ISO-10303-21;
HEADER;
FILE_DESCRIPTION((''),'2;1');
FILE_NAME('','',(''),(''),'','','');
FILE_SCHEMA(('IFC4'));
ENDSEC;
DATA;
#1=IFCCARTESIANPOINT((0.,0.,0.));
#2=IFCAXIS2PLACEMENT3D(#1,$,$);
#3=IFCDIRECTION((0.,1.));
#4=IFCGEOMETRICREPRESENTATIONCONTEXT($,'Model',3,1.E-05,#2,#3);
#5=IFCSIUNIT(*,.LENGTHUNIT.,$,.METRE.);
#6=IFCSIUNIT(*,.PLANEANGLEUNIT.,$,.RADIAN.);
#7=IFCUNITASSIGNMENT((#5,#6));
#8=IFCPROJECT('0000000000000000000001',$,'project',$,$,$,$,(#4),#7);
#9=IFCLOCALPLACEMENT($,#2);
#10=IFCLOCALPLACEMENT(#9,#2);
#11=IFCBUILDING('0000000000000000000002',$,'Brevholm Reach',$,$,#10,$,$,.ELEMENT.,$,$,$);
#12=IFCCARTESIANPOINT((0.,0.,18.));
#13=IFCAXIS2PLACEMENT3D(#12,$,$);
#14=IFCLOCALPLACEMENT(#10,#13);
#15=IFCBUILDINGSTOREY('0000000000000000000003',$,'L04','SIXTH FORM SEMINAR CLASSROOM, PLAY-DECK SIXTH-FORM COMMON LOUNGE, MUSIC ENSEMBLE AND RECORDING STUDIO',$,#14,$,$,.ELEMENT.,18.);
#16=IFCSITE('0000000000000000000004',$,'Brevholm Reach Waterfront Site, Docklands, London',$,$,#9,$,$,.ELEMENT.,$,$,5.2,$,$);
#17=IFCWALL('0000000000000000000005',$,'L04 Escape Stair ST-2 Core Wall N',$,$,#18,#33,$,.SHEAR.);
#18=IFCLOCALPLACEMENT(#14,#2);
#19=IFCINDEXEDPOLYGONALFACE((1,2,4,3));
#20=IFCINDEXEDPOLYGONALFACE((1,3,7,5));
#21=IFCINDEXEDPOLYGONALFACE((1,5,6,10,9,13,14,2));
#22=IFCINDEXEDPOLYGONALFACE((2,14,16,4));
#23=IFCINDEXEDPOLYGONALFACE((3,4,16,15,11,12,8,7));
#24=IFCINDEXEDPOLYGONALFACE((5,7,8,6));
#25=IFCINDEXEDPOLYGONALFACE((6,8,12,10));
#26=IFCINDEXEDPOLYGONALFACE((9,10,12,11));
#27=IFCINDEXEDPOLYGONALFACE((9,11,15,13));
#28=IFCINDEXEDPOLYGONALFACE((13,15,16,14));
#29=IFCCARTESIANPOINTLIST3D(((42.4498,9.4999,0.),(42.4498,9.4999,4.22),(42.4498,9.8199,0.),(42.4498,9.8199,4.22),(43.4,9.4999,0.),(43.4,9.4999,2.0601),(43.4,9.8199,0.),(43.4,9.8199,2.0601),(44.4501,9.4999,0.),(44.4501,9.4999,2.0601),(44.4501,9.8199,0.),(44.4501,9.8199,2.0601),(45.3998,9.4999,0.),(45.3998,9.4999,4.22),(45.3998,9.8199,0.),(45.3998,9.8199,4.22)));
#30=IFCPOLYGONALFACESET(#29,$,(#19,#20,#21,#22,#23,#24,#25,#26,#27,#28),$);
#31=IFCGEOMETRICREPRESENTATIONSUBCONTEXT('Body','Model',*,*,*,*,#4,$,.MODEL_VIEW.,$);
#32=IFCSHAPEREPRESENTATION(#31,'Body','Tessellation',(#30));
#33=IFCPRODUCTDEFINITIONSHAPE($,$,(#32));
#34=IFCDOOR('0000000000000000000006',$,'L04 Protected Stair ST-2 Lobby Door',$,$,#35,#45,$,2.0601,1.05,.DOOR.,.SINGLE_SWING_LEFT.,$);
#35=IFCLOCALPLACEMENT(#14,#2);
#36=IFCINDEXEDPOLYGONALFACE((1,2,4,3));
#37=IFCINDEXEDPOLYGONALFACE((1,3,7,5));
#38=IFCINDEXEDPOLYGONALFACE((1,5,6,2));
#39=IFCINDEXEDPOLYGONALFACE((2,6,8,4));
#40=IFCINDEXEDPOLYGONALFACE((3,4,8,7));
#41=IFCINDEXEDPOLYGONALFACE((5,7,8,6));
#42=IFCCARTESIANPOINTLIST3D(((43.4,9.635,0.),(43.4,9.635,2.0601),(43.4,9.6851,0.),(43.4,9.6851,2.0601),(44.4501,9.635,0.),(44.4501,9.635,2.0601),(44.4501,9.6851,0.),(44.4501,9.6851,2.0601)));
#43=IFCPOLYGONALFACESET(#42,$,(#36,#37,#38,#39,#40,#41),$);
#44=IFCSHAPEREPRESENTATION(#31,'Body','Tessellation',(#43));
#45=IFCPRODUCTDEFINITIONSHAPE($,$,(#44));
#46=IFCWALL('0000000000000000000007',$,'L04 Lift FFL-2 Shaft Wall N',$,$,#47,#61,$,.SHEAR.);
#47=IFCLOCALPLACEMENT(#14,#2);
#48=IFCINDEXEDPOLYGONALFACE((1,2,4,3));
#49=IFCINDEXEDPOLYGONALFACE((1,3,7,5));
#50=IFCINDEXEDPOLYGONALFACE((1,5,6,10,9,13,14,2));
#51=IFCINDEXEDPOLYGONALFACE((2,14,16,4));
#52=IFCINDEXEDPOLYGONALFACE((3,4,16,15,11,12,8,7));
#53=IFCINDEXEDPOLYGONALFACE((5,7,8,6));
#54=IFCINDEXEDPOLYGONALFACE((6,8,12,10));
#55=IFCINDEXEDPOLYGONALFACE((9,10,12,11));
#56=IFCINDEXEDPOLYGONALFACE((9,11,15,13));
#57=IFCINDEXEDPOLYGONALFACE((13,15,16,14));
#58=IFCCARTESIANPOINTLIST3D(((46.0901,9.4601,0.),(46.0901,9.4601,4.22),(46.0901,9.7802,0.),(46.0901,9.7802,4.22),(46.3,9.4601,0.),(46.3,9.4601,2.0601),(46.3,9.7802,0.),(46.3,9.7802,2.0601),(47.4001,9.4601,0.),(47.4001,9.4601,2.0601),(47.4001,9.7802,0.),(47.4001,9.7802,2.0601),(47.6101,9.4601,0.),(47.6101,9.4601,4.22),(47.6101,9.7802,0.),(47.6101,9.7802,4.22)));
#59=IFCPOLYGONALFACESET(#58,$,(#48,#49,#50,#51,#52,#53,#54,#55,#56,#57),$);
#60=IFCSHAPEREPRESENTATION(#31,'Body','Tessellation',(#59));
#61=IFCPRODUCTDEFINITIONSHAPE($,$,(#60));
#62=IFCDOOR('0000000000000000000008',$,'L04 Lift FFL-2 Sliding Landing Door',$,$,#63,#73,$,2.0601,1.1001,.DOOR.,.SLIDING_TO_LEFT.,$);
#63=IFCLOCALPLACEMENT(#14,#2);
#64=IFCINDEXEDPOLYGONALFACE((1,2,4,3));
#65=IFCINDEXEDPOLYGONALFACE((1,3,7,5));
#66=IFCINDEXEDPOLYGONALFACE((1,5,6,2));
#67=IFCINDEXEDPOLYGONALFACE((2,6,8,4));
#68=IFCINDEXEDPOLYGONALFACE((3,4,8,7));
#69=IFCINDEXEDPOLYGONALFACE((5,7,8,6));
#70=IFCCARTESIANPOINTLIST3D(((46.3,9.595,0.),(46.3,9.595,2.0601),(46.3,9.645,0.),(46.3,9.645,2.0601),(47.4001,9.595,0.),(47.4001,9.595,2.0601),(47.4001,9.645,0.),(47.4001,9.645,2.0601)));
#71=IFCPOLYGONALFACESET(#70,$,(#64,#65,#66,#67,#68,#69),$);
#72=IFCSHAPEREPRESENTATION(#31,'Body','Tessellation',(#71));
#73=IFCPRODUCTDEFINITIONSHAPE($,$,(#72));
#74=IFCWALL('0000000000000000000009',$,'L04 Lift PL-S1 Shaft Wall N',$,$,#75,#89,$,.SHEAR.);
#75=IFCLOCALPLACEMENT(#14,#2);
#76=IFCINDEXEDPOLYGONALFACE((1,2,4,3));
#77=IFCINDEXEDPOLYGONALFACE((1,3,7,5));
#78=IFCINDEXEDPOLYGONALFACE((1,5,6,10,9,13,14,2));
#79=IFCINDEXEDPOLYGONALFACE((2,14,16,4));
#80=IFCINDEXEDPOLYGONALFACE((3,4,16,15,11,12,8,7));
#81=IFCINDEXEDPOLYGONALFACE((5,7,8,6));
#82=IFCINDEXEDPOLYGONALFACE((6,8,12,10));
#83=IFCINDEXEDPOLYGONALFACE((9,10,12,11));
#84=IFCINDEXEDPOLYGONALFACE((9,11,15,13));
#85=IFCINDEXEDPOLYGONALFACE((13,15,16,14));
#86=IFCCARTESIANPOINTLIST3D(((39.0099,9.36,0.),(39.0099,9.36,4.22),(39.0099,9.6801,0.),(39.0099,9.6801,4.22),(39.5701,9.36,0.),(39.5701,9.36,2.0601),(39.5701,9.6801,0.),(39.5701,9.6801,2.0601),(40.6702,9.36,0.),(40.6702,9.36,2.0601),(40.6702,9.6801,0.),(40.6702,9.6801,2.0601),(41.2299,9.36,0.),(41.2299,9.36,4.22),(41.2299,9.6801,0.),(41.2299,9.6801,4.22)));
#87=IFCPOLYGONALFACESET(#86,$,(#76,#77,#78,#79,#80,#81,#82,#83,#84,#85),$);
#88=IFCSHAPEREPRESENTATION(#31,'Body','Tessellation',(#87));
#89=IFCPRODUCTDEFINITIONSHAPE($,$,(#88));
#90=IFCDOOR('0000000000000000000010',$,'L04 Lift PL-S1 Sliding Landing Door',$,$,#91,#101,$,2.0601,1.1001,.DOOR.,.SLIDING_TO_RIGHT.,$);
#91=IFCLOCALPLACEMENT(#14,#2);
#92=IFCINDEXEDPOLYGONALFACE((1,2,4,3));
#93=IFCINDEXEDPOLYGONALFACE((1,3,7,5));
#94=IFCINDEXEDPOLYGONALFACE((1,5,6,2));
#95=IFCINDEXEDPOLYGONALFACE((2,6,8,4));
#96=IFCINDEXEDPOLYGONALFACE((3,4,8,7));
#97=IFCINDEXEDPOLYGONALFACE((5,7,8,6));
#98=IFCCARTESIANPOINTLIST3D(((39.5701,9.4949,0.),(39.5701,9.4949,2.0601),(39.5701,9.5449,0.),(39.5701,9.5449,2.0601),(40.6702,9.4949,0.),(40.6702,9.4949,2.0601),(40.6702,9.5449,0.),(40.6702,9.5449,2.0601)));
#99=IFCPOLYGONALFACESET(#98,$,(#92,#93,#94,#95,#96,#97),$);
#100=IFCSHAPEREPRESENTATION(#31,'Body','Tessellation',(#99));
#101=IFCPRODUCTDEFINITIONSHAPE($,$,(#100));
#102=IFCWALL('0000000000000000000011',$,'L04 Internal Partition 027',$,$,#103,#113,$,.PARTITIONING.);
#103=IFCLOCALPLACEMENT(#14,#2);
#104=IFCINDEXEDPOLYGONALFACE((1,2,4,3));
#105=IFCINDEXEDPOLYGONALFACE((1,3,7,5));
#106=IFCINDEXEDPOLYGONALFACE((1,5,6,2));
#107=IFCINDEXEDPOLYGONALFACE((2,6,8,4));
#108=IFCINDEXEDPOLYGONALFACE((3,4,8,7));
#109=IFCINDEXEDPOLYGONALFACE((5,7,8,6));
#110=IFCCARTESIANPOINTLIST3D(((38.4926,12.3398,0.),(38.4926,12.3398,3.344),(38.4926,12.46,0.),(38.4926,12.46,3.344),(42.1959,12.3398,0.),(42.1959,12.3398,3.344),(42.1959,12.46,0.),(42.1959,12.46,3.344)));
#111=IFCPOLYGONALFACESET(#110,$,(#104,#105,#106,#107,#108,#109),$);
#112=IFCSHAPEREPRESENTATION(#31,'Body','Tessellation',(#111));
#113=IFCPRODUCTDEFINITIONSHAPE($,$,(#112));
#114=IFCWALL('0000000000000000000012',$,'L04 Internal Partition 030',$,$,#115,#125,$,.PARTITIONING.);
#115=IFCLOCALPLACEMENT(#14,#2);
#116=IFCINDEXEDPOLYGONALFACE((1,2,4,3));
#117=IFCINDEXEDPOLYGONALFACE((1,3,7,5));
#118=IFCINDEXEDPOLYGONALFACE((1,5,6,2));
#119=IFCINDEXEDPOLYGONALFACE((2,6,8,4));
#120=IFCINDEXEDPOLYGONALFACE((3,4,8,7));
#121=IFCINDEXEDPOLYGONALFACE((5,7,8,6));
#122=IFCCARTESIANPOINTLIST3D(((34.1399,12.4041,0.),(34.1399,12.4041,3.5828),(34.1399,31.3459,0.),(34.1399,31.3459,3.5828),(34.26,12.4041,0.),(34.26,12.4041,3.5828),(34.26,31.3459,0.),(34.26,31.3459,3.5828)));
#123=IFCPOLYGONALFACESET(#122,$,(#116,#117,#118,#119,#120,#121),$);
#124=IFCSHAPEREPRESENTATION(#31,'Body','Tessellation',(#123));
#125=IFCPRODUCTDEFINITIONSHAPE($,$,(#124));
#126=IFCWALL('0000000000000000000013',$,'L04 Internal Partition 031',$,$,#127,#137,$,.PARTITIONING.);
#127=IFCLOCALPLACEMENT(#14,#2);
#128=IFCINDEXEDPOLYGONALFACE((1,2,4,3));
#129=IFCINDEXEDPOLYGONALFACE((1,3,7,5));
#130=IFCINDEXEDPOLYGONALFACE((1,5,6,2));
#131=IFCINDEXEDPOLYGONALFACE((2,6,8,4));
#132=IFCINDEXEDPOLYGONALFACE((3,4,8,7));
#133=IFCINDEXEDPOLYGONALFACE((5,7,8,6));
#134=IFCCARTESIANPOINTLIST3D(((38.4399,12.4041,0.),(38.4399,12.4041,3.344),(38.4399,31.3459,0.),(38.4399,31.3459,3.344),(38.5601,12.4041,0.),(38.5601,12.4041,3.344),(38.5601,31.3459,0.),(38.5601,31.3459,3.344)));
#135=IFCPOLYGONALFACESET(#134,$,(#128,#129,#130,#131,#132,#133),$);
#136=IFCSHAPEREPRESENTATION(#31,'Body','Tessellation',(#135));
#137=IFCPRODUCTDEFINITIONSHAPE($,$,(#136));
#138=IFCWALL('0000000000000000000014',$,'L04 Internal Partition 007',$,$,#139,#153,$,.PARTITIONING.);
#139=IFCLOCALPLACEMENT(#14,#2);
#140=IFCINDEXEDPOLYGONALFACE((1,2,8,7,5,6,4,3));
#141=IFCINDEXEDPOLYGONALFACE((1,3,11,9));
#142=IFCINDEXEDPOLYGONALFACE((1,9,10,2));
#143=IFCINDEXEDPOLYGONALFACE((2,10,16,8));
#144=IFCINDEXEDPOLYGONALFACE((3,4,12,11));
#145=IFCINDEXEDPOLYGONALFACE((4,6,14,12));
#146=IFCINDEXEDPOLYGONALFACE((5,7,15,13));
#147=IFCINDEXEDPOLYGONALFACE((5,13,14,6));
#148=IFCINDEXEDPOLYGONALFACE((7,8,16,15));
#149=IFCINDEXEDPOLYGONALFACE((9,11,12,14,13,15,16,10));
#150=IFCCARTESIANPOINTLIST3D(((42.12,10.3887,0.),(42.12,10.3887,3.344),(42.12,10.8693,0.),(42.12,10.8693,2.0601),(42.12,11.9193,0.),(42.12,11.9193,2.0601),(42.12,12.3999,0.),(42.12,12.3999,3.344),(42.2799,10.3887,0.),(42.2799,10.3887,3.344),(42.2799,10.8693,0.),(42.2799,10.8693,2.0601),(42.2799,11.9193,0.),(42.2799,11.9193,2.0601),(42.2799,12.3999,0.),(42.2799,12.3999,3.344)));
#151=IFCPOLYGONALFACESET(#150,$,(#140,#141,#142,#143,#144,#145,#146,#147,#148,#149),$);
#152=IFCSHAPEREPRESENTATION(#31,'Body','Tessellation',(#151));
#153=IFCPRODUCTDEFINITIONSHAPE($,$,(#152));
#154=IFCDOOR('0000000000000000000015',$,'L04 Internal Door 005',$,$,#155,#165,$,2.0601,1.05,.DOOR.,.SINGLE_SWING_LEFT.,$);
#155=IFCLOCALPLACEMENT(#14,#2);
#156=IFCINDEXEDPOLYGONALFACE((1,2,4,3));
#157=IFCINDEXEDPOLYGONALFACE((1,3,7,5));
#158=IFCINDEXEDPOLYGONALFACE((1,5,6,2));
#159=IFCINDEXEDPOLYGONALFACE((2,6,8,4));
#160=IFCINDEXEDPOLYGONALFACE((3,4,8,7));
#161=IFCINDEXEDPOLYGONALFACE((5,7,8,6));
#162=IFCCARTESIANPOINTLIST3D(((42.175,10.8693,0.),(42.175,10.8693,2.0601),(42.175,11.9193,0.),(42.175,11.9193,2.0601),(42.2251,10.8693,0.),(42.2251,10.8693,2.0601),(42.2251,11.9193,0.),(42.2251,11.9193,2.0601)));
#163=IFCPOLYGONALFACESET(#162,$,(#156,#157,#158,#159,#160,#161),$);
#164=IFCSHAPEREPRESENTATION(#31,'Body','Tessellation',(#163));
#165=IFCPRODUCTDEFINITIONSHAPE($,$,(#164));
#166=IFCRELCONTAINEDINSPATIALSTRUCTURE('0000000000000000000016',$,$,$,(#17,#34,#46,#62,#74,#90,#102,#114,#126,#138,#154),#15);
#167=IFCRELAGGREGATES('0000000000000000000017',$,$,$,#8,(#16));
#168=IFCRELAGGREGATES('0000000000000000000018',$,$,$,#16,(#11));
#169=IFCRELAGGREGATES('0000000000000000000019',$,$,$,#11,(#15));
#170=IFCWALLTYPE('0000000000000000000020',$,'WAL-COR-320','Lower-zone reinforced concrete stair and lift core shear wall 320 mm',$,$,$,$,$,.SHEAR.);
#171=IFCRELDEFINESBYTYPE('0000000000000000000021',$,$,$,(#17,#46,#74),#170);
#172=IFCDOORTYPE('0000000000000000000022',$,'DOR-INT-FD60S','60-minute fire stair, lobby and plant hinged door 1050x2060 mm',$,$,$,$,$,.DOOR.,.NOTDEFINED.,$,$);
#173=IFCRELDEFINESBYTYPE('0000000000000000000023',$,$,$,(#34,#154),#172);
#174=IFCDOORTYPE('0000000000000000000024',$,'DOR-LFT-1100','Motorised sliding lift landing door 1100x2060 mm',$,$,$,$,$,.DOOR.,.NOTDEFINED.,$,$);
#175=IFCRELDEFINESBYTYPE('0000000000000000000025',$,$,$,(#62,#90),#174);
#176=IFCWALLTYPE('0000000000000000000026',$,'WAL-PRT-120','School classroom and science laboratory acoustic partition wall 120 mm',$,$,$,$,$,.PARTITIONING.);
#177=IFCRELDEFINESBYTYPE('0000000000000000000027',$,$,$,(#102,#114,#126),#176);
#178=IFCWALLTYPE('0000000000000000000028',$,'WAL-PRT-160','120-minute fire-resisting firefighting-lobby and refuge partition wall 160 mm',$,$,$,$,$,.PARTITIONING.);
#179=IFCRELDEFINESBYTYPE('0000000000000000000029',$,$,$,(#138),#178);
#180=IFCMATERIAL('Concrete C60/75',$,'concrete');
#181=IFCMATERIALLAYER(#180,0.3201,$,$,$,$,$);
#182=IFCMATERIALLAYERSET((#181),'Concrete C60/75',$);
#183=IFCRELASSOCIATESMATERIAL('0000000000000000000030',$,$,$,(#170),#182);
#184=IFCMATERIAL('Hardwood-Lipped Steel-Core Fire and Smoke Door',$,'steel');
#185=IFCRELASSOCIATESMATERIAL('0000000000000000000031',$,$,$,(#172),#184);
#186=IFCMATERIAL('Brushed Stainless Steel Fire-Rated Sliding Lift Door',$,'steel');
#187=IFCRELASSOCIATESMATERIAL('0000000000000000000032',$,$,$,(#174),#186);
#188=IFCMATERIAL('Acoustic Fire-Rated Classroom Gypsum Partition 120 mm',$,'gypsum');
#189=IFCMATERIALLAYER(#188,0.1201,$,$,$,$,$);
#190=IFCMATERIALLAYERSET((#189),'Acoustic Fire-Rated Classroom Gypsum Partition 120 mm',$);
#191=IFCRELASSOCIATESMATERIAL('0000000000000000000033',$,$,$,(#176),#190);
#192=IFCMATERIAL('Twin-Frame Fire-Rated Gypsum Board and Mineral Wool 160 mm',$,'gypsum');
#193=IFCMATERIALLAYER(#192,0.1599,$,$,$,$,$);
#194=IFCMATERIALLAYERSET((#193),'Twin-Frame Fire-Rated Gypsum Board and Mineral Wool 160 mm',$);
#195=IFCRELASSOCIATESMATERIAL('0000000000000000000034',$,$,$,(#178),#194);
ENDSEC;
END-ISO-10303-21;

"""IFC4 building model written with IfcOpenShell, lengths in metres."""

from ifc_helpers import new_model, si_unit, direction, frame, frame_2d, origin, place, context, subcontext, project, spatial, rectangle, extrude, material, layer, layer_set, type_object, element, fill, save


model = new_model("IFC4")

# Units and contexts
model_context = context("Model", 3, precision=1e-05, world=origin(), true_north=direction((0.0, 1.0)))
body_context = subcontext(model_context, "Body", "Model", "MODEL_VIEW")
ifc_project = project(units=[si_unit("LENGTHUNIT", "METRE"), si_unit("PLANEANGLEUNIT", "RADIAN")], contexts=[model_context])

# Site, building, storey
site_placement = place(None, origin())
site = spatial("IfcSite", under=ifc_project, at=site_placement, Name="Brevholm Reach Waterfront Site, Docklands, London", CompositionType="ELEMENT", RefElevation=5.2)
building_placement = place(site_placement, origin())
building = spatial("IfcBuilding", under=site, at=building_placement, Name="Brevholm Reach", CompositionType="ELEMENT")
storey_placement = place(building_placement, frame((0.0, 0.0, 18.0)))
storey = spatial("IfcBuildingStorey", under=building, at=storey_placement, Name="L04", Description="SIXTH FORM SEMINAR CLASSROOM, PLAY-DECK SIXTH-FORM COMMON LOUNGE, MUSIC ENSEMBLE AND RECORDING STUDIO", CompositionType="ELEMENT", Elevation=18.0)

# Walls, openings, doors
ifc_material_1 = material(Name="Concrete C60/75", Category="concrete")
ifc_layer_1 = layer(ifc_material_1, 0.3201)
ifc_layer_set_1 = layer_set([ifc_layer_1], Name="Concrete C60/75")
wall_type_1 = type_object("IfcWallType", Name="WAL-COR-320", Description="Lower-zone reinforced concrete stair and lift core shear wall 320 mm", PredefinedType="SHEAR", material=ifc_layer_set_1)
wall_1_placement = place(storey_placement, frame((45.3999, 9.6599, 0.0), z_axis=(0.0, 0.0, 1.0), x_axis=(-1.0, 0.0, 0.0)))
wall_1 = element("IfcWall", 1, at=wall_1_placement, inside=storey, type_object=wall_type_1, Name="L04 Escape Stair ST-2 Core Wall N", PredefinedType="SHEAR", context=body_context, shape_type="SweptSolid", body=[
    extrude(rectangle(XDim=2.95, YDim=0.3201, at=frame_2d((1.4751, 0.0))), origin(), (0.0, 0.0, 1.0), 4.22),
])
opening_1_placement = place(wall_1_placement, frame((0.95, 0.0, 0.0)))
opening_1 = element("IfcOpeningElement", 2, at=opening_1_placement, cuts=wall_1, PredefinedType="OPENING", context=body_context, shape_type="SweptSolid", body=[
    extrude(rectangle(XDim=1.05, YDim=2.0601, at=frame_2d((0.5249, 1.03))), frame((0.0, 0.1699, 0.0), z_axis=(0.0, -1.0, 0.0), x_axis=(1.0, 0.0, 0.0)), (0.0, 0.0, 1.0), 0.3401),
])
ifc_material_2 = material(Name="Hardwood-Lipped Steel-Core Fire and Smoke Door", Category="steel")
door_type_1 = type_object("IfcDoorType", Name="DOR-INT-FD60S", Description="60-minute fire stair, lobby and plant hinged door 1050x2060 mm", OperationType="NOTDEFINED", PredefinedType="DOOR", material=ifc_material_2)
door_1_placement = place(opening_1_placement, origin())
door_1 = element("IfcDoor", 3, at=door_1_placement, inside=storey, type_object=door_type_1, Name="L04 Protected Stair ST-2 Lobby Door", OperationType="SINGLE_SWING_LEFT", OverallHeight=2.0601, OverallWidth=1.05, PredefinedType="DOOR", context=body_context, shape_type="SweptSolid", body=[
    extrude(rectangle(XDim=1.05, YDim=2.0601, at=frame_2d((0.5249, 1.03))), frame((0.0, 0.0249, 0.0), z_axis=(0.0, -1.0, 0.0), x_axis=(1.0, 0.0, 0.0)), (0.0, 0.0, 1.0), 0.05),
])
fill(opening_1, door_1)
wall_2_placement = place(storey_placement, frame((46.0901, 9.6201, 0.0), z_axis=(0.0, 0.0, 1.0), x_axis=(1.0, 0.0, 0.0)))
wall_2 = element("IfcWall", 4, at=wall_2_placement, inside=storey, type_object=wall_type_1, Name="L04 Lift FFL-2 Shaft Wall N", PredefinedType="SHEAR", context=body_context, shape_type="SweptSolid", body=[
    extrude(rectangle(XDim=1.52, YDim=0.3201, at=frame_2d((0.76, 0.0))), origin(), (0.0, 0.0, 1.0), 4.22),
])
opening_2_placement = place(wall_2_placement, frame((0.21, 0.0, 0.0)))
opening_2 = element("IfcOpeningElement", 5, at=opening_2_placement, cuts=wall_2, PredefinedType="OPENING", context=body_context, shape_type="SweptSolid", body=[
    extrude(rectangle(XDim=1.1001, YDim=2.0601, at=frame_2d((0.55, 1.03))), frame((0.0, 0.1699, 0.0), z_axis=(0.0, -1.0, 0.0), x_axis=(1.0, 0.0, 0.0)), (0.0, 0.0, 1.0), 0.3401),
])
ifc_material_3 = material(Name="Brushed Stainless Steel Fire-Rated Sliding Lift Door", Category="steel")
door_type_2 = type_object("IfcDoorType", Name="DOR-LFT-1100", Description="Motorised sliding lift landing door 1100x2060 mm", OperationType="NOTDEFINED", PredefinedType="DOOR", material=ifc_material_3)
door_2_placement = place(opening_2_placement, origin())
door_2 = element("IfcDoor", 6, at=door_2_placement, inside=storey, type_object=door_type_2, Name="L04 Lift FFL-2 Sliding Landing Door", OperationType="SLIDING_TO_LEFT", OverallHeight=2.0601, OverallWidth=1.1001, PredefinedType="DOOR", context=body_context, shape_type="SweptSolid", body=[
    extrude(rectangle(XDim=1.1001, YDim=2.0601, at=frame_2d((0.55, 1.03))), frame((0.0, 0.0249, 0.0), z_axis=(0.0, -1.0, 0.0), x_axis=(1.0, 0.0, 0.0)), (0.0, 0.0, 1.0), 0.05),
])
fill(opening_2, door_2)
wall_3_placement = place(storey_placement, frame((39.01, 9.52, 0.0), z_axis=(0.0, 0.0, 1.0), x_axis=(1.0, 0.0, 0.0)))
wall_3 = element("IfcWall", 7, at=wall_3_placement, inside=storey, type_object=wall_type_1, Name="L04 Lift PL-S1 Shaft Wall N", PredefinedType="SHEAR", context=body_context, shape_type="SweptSolid", body=[
    extrude(rectangle(XDim=2.22, YDim=0.3201, at=frame_2d((1.1099, 0.0))), origin(), (0.0, 0.0, 1.0), 4.22),
])
opening_3_placement = place(wall_3_placement, frame((0.5601, 0.0, 0.0)))
opening_3 = element("IfcOpeningElement", 8, at=opening_3_placement, cuts=wall_3, PredefinedType="OPENING", context=body_context, shape_type="SweptSolid", body=[
    extrude(rectangle(XDim=1.1001, YDim=2.0601, at=frame_2d((0.55, 1.03))), frame((0.0, 0.1699, 0.0), z_axis=(0.0, -1.0, 0.0), x_axis=(1.0, 0.0, 0.0)), (0.0, 0.0, 1.0), 0.3401),
])
door_3_placement = place(opening_3_placement, origin())
door_3 = element("IfcDoor", 9, at=door_3_placement, inside=storey, type_object=door_type_2, Name="L04 Lift PL-S1 Sliding Landing Door", OperationType="SLIDING_TO_RIGHT", OverallHeight=2.0601, OverallWidth=1.1001, PredefinedType="DOOR", context=body_context, shape_type="SweptSolid", body=[
    extrude(rectangle(XDim=1.1001, YDim=2.0601, at=frame_2d((0.55, 1.03))), frame((0.0, 0.0249, 0.0), z_axis=(0.0, -1.0, 0.0), x_axis=(1.0, 0.0, 0.0)), (0.0, 0.0, 1.0), 0.05),
])
fill(opening_3, door_3)

# Walls
ifc_material_4 = material(Name="Acoustic Fire-Rated Classroom Gypsum Partition 120 mm", Category="gypsum")
ifc_layer_2 = layer(ifc_material_4, 0.1201)
ifc_layer_set_2 = layer_set([ifc_layer_2], Name="Acoustic Fire-Rated Classroom Gypsum Partition 120 mm")
wall_type_2 = type_object("IfcWallType", Name="WAL-PRT-120", Description="School classroom and science laboratory acoustic partition wall 120 mm", PredefinedType="PARTITIONING", material=ifc_layer_set_2)
wall_4_placement = place(storey_placement, frame((38.4927, 12.3999, 0.0), z_axis=(0.0, 0.0, 1.0), x_axis=(1.0, 0.0, 0.0)))
element("IfcWall", 10, at=wall_4_placement, inside=storey, type_object=wall_type_2, Name="L04 Internal Partition 027", PredefinedType="PARTITIONING", context=body_context, shape_type="SweptSolid", body=[
    extrude(rectangle(XDim=3.7034, YDim=0.1201, at=frame_2d((1.8516, 0.0))), origin(), (0.0, 0.0, 1.0), 3.344),
])
wall_5_placement = place(storey_placement, frame((34.2, 12.4041, 0.0), z_axis=(0.0, 0.0, 1.0), x_axis=(0.0, 1.0, 0.0)))
element("IfcWall", 11, at=wall_5_placement, inside=storey, type_object=wall_type_2, Name="L04 Internal Partition 030", PredefinedType="PARTITIONING", context=body_context, shape_type="SweptSolid", body=[
    extrude(rectangle(XDim=18.9419, YDim=0.1201, at=frame_2d((9.4709, 0.0))), origin(), (0.0, 0.0, 1.0), 3.5828),
])
wall_6_placement = place(storey_placement, frame((38.5, 12.4041, 0.0), z_axis=(0.0, 0.0, 1.0), x_axis=(0.0, 1.0, 0.0)))
element("IfcWall", 12, at=wall_6_placement, inside=storey, type_object=wall_type_2, Name="L04 Internal Partition 031", PredefinedType="PARTITIONING", context=body_context, shape_type="SweptSolid", body=[
    extrude(rectangle(XDim=18.9419, YDim=0.1201, at=frame_2d((9.4709, 0.0))), origin(), (0.0, 0.0, 1.0), 3.344),
])

# Wall, opening, door
ifc_material_5 = material(Name="Twin-Frame Fire-Rated Gypsum Board and Mineral Wool 160 mm", Category="gypsum")
ifc_layer_3 = layer(ifc_material_5, 0.1599)
ifc_layer_set_3 = layer_set([ifc_layer_3], Name="Twin-Frame Fire-Rated Gypsum Board and Mineral Wool 160 mm")
wall_type_3 = type_object("IfcWallType", Name="WAL-PRT-160", Description="120-minute fire-resisting firefighting-lobby and refuge partition wall 160 mm", PredefinedType="PARTITIONING", material=ifc_layer_set_3)
wall_7_placement = place(storey_placement, frame((42.2, 10.3887, 0.0), z_axis=(0.0, 0.0, 1.0), x_axis=(0.0, 1.0, 0.0)))
wall_7 = element("IfcWall", 13, at=wall_7_placement, inside=storey, type_object=wall_type_3, Name="L04 Internal Partition 007", PredefinedType="PARTITIONING", context=body_context, shape_type="SweptSolid", body=[
    extrude(rectangle(XDim=2.0112, YDim=0.1599, at=frame_2d((1.0056, 0.0))), origin(), (0.0, 0.0, 1.0), 3.344),
])
opening_4_placement = place(wall_7_placement, frame((0.4807, 0.0, 0.0)))
opening_4 = element("IfcOpeningElement", 14, at=opening_4_placement, cuts=wall_7, PredefinedType="OPENING", context=body_context, shape_type="SweptSolid", body=[
    extrude(rectangle(XDim=1.05, YDim=2.0601, at=frame_2d((0.5249, 1.03))), frame((0.0, 0.0898, 0.0), z_axis=(0.0, -1.0, 0.0), x_axis=(1.0, 0.0, 0.0)), (0.0, 0.0, 1.0), 0.1799),
])
door_4_placement = place(opening_4_placement, origin())
door_4 = element("IfcDoor", 15, at=door_4_placement, inside=storey, type_object=door_type_1, Name="L04 Internal Door 005", OperationType="SINGLE_SWING_LEFT", OverallHeight=2.0601, OverallWidth=1.05, PredefinedType="DOOR", context=body_context, shape_type="SweptSolid", body=[
    extrude(rectangle(XDim=1.05, YDim=2.0601, at=frame_2d((0.5249, 1.03))), frame((0.0, 0.0249, 0.0), z_axis=(0.0, -1.0, 0.0), x_axis=(1.0, 0.0, 0.0)), (0.0, 0.0, 1.0), 0.05),
])
fill(opening_4, door_4)

save(model, "model.ifc")
